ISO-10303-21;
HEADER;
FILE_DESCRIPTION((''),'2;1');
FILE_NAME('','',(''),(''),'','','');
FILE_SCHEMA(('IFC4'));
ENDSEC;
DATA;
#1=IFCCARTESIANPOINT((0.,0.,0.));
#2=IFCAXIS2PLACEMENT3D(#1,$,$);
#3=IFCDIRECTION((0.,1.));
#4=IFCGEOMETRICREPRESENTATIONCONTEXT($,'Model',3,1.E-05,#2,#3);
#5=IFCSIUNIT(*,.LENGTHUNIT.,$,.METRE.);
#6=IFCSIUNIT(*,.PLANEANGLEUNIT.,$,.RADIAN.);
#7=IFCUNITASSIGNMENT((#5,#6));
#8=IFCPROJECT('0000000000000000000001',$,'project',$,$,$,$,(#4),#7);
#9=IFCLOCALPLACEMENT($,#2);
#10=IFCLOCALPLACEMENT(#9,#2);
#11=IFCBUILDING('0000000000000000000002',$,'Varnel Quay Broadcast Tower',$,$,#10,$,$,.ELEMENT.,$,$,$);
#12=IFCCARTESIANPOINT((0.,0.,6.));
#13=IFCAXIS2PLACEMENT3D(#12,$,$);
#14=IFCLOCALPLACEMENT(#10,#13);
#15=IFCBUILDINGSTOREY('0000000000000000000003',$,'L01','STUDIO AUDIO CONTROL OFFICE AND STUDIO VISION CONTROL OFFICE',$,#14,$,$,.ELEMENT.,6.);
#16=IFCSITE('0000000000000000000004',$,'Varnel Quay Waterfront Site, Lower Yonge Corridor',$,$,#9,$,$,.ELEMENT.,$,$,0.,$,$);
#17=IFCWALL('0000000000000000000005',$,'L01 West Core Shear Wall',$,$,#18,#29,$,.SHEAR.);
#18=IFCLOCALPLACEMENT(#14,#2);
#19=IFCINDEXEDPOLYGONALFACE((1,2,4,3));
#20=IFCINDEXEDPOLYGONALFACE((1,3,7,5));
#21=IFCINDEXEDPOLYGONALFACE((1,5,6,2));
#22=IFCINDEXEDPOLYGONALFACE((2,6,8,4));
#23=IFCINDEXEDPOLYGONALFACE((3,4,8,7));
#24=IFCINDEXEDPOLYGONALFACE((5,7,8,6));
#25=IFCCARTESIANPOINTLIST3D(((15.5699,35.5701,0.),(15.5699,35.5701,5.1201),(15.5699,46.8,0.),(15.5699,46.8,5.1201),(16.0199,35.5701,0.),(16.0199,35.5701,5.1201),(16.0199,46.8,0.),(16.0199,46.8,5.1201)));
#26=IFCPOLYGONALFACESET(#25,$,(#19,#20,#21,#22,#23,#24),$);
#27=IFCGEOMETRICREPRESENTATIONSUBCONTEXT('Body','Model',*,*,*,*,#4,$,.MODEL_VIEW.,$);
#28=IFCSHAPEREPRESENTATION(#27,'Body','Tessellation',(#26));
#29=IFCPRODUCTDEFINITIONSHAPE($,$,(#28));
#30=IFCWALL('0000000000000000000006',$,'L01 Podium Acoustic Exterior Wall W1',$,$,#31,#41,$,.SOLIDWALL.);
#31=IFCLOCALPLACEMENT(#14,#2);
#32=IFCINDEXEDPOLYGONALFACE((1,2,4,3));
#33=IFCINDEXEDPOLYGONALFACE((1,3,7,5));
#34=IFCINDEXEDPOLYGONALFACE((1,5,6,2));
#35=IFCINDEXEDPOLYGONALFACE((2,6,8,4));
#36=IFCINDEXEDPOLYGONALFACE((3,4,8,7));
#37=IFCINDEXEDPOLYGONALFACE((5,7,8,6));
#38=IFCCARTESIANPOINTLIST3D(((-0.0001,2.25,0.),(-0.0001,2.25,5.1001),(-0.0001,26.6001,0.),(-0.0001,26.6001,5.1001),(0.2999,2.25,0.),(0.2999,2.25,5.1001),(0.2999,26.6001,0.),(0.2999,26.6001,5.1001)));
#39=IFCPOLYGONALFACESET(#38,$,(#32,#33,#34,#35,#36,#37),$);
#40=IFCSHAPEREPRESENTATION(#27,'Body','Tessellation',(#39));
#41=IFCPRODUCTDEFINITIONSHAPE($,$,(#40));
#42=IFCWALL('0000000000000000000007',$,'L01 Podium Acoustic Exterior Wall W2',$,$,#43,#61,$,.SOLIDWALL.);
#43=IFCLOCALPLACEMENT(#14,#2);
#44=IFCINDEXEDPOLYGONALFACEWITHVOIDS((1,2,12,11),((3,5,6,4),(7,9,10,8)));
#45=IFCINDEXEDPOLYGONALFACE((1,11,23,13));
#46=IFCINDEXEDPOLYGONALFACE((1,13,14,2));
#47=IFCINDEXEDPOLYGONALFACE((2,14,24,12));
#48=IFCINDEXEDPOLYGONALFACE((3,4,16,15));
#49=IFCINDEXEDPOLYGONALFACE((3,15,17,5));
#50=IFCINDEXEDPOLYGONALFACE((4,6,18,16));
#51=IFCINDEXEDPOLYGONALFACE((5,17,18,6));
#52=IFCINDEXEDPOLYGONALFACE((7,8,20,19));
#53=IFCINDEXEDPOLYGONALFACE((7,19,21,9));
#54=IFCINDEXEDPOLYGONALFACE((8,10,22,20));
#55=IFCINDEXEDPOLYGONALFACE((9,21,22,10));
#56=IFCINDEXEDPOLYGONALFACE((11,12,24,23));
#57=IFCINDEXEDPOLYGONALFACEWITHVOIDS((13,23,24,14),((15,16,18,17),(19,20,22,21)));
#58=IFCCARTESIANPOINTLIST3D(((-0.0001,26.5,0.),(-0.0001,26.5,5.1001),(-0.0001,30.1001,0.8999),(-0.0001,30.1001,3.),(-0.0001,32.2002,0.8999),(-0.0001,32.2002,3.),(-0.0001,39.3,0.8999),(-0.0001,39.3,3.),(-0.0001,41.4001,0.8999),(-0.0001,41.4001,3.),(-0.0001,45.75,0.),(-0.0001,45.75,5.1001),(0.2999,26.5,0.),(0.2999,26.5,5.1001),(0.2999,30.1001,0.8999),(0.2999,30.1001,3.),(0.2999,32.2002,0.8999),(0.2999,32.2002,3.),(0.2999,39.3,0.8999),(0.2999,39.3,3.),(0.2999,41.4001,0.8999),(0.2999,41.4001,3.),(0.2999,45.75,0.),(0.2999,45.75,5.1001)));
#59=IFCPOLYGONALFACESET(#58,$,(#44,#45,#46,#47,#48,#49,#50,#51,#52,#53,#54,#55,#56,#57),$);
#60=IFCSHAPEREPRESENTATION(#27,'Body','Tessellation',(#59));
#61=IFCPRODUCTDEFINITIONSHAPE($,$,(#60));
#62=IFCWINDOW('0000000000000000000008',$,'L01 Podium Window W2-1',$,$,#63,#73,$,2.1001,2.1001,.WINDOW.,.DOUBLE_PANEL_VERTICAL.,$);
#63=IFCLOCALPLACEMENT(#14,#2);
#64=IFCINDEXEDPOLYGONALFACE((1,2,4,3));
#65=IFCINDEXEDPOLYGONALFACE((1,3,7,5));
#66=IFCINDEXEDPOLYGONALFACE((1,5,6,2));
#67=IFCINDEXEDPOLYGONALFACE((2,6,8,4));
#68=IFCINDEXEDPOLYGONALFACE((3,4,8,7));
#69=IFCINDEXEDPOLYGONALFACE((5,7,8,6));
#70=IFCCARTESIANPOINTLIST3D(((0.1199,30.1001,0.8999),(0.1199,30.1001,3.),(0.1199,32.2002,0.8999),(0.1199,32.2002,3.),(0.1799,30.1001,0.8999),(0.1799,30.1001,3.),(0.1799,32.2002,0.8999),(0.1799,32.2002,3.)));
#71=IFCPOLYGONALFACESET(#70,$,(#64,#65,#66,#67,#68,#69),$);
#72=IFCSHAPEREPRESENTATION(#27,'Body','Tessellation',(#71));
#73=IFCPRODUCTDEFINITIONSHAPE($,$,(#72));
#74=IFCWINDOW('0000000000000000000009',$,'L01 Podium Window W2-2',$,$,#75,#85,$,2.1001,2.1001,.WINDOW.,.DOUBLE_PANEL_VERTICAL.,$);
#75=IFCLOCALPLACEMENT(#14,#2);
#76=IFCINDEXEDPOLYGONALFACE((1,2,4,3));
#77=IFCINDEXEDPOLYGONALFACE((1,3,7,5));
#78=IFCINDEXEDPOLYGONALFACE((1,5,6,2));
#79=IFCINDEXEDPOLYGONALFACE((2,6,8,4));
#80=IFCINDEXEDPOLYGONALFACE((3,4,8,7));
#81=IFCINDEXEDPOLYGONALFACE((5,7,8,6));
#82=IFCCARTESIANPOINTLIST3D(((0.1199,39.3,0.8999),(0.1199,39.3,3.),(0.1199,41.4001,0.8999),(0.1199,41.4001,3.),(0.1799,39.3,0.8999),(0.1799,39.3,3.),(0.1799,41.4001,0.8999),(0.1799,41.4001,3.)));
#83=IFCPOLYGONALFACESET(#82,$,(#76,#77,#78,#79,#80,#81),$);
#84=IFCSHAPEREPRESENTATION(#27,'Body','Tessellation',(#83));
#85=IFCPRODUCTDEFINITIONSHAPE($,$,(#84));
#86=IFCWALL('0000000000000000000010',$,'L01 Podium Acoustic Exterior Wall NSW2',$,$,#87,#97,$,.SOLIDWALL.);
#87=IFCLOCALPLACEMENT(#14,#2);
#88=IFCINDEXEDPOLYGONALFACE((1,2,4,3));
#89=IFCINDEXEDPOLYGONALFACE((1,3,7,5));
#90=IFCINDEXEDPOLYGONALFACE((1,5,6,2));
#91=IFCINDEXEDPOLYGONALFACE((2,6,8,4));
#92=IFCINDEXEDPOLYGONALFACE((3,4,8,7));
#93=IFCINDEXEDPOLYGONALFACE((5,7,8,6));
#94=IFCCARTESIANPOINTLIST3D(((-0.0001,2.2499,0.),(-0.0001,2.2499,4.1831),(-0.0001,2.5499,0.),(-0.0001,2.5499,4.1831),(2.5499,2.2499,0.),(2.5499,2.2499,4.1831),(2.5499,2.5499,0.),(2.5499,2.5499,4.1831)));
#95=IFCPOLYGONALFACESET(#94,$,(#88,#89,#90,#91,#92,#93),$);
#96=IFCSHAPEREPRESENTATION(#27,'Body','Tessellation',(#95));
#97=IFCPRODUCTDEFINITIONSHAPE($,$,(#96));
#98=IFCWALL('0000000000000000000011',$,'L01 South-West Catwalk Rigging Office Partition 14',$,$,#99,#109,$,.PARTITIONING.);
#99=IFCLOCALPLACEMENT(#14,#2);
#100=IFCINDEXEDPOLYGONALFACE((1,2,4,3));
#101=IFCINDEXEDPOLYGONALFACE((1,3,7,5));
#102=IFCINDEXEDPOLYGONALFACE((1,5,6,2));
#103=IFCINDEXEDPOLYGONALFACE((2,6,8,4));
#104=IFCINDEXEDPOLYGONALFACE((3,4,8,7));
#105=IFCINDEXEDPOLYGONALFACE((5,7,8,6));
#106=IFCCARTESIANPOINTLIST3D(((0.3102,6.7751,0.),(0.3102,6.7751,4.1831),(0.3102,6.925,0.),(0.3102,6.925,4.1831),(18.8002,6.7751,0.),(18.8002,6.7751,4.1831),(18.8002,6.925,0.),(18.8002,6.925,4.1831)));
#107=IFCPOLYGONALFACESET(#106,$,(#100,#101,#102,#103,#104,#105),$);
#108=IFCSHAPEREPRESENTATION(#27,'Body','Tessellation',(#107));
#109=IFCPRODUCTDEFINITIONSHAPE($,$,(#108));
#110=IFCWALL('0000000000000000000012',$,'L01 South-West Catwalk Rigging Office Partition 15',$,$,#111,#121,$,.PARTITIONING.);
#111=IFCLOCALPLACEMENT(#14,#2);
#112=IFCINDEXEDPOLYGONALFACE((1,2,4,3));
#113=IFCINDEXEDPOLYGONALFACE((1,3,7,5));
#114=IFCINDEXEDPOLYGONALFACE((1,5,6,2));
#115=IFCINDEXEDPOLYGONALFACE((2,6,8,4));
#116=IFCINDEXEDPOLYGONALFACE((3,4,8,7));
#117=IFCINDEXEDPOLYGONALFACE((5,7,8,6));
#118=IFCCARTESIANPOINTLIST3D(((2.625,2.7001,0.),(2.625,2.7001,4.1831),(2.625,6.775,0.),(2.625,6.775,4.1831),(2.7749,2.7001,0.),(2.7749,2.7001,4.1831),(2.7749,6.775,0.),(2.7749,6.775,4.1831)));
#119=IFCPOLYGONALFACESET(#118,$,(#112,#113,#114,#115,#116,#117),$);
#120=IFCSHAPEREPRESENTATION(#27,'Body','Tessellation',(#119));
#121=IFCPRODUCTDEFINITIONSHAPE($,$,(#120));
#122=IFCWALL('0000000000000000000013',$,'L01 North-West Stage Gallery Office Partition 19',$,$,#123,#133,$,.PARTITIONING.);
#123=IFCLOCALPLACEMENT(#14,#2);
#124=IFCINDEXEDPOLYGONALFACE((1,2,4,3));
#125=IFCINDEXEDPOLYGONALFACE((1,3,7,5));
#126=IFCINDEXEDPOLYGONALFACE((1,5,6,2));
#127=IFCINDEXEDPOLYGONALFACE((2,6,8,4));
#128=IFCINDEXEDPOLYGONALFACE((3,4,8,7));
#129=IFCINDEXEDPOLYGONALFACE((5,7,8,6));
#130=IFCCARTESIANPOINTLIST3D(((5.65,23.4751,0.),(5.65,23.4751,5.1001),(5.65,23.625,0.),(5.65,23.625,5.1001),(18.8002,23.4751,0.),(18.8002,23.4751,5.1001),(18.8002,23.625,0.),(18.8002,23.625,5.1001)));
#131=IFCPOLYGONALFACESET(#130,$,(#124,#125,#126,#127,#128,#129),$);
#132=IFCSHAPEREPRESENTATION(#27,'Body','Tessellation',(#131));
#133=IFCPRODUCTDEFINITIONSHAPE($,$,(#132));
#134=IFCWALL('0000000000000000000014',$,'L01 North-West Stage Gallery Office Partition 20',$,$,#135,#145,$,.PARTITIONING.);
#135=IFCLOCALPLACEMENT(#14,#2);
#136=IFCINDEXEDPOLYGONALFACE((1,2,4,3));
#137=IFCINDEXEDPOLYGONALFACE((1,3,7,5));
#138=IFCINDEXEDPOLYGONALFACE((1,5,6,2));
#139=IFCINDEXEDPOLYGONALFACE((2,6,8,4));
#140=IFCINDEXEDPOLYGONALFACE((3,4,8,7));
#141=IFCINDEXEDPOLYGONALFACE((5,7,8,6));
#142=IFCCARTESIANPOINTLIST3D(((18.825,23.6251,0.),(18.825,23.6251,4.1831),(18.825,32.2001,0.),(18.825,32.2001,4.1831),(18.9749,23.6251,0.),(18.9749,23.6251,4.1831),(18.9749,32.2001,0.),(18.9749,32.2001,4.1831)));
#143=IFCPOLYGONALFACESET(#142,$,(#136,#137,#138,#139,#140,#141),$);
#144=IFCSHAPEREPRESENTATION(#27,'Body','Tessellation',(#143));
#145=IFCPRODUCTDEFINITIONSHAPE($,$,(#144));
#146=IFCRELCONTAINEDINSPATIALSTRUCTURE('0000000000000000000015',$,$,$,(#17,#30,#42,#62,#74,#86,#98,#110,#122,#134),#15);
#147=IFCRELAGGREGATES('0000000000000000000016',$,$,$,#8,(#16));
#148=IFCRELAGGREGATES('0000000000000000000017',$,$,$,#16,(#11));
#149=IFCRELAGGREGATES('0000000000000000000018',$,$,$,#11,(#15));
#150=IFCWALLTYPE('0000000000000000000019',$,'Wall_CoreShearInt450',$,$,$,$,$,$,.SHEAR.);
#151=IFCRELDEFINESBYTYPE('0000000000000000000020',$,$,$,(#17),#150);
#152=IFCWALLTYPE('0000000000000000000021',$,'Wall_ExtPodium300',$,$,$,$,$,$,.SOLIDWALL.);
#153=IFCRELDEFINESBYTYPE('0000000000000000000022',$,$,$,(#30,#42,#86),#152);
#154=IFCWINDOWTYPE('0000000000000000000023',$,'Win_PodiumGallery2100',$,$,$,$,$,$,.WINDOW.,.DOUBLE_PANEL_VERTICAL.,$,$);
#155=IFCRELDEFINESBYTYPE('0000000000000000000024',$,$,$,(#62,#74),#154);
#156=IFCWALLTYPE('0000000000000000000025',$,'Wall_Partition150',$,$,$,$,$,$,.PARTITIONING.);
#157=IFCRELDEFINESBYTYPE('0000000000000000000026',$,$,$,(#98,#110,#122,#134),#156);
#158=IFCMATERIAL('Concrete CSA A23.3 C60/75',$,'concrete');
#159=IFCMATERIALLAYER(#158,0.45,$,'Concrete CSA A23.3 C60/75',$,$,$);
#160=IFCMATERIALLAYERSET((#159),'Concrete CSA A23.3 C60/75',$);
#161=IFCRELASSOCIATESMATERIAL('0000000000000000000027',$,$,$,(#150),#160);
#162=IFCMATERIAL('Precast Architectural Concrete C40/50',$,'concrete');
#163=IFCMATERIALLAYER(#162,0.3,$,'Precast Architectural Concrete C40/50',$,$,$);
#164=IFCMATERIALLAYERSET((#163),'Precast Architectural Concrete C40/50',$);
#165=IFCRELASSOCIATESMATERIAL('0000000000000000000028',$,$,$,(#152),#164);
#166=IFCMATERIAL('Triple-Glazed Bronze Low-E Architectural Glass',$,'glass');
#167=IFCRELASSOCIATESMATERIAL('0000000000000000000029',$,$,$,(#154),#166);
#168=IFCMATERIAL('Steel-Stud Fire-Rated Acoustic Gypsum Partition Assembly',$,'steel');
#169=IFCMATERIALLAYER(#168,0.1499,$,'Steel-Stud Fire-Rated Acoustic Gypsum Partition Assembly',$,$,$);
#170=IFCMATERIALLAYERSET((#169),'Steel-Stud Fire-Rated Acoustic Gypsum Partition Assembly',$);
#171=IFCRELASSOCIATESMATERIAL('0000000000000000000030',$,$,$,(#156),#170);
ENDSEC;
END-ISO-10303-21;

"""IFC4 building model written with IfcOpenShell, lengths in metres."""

from ifc_helpers import new_model, si_unit, direction, frame, frame_2d, origin, place, context, subcontext, project, spatial, rectangle, extrude, source, transform, mapped, material, layer, layer_set, type_object, type_shapes, element, fill, save


model = new_model("IFC4")

# Units and contexts
model_context = context("Model", 3, precision=1e-05, world=origin(), true_north=direction((0.0, 1.0)))
body_context = subcontext(model_context, "Body", "Model", "MODEL_VIEW")
ifc_project = project(units=[si_unit("LENGTHUNIT", "METRE"), si_unit("PLANEANGLEUNIT", "RADIAN")], contexts=[model_context])

# Site, building, storey
site_placement = place(None, origin())
site = spatial("IfcSite", under=ifc_project, at=site_placement, Name="Varnel Quay Waterfront Site, Lower Yonge Corridor", CompositionType="ELEMENT", RefElevation=0.0)
building_placement = place(site_placement, origin())
building = spatial("IfcBuilding", under=site, at=building_placement, Name="Varnel Quay Broadcast Tower", CompositionType="ELEMENT")
storey_placement = place(building_placement, frame((0.0, 0.0, 6.0)))
storey = spatial("IfcBuildingStorey", under=building, at=storey_placement, Name="L01", Description="STUDIO AUDIO CONTROL OFFICE AND STUDIO VISION CONTROL OFFICE", CompositionType="ELEMENT", Elevation=6.0)

# Walls
ifc_material_1 = material(Name="Concrete CSA A23.3 C60/75", Category="concrete")
ifc_layer_1 = layer(ifc_material_1, 0.45, Name="Concrete CSA A23.3 C60/75")
ifc_layer_set_1 = layer_set([ifc_layer_1], Name="Concrete CSA A23.3 C60/75")
wall_type_1 = type_object("IfcWallType", Name="Wall_CoreShearInt450", PredefinedType="SHEAR", material=ifc_layer_set_1)
wall_1_placement = place(storey_placement, frame((15.7949, 35.5701, 0.0), z_axis=(0.0, 0.0, 1.0), x_axis=(0.0, 1.0, 0.0)))
element("IfcWall", 1, at=wall_1_placement, inside=storey, type_object=wall_type_1, Name="L01 West Core Shear Wall", PredefinedType="SHEAR", context=body_context, shape_type="SweptSolid", body=[
    extrude(rectangle(XDim=11.23, YDim=0.45, at=frame_2d((5.615, 0.0))), origin(), (0.0, 0.0, 1.0), 5.1201),
])
ifc_material_2 = material(Name="Precast Architectural Concrete C40/50", Category="concrete")
ifc_layer_2 = layer(ifc_material_2, 0.3, Name="Precast Architectural Concrete C40/50")
ifc_layer_set_2 = layer_set([ifc_layer_2], Name="Precast Architectural Concrete C40/50")
wall_type_2 = type_object("IfcWallType", Name="Wall_ExtPodium300", PredefinedType="SOLIDWALL", material=ifc_layer_set_2)
wall_2_placement = place(storey_placement, frame((0.1499, 2.25, 0.0), z_axis=(0.0, 0.0, 1.0), x_axis=(0.0, 1.0, 0.0)))
element("IfcWall", 2, at=wall_2_placement, inside=storey, type_object=wall_type_2, Name="L01 Podium Acoustic Exterior Wall W1", PredefinedType="SOLIDWALL", context=body_context, shape_type="SweptSolid", body=[
    extrude(rectangle(XDim=24.3501, YDim=0.3, at=frame_2d((12.175, 0.0))), origin(), (0.0, 0.0, 1.0), 5.1001),
])

# Wall, openings, windows
wall_3_placement = place(storey_placement, frame((0.1499, 26.5, 0.0), z_axis=(0.0, 0.0, 1.0), x_axis=(0.0, 1.0, 0.0)))
wall_3 = element("IfcWall", 3, at=wall_3_placement, inside=storey, type_object=wall_type_2, Name="L01 Podium Acoustic Exterior Wall W2", PredefinedType="SOLIDWALL", context=body_context, shape_type="SweptSolid", body=[
    extrude(rectangle(XDim=19.25, YDim=0.3, at=frame_2d((9.625, 0.0))), origin(), (0.0, 0.0, 1.0), 5.1001),
])
opening_1_placement = place(wall_3_placement, frame((3.6001, 0.0, 0.8999)))
opening_1 = element("IfcOpeningElement", 4, at=opening_1_placement, cuts=wall_3, PredefinedType="OPENING", context=body_context, shape_type="SweptSolid", body=[
    extrude(rectangle(XDim=2.1001, YDim=2.1001, at=frame_2d((1.05, 1.05))), frame((0.0, 0.1602, 0.0), z_axis=(0.0, -1.0, 0.0), x_axis=(1.0, 0.0, 0.0)), (0.0, 0.0, 1.0), 0.3201),
])
opening_2_placement = place(wall_3_placement, frame((12.8, 0.0, 0.8999)))
opening_2 = element("IfcOpeningElement", 5, at=opening_2_placement, cuts=wall_3, PredefinedType="OPENING", context=body_context, shape_type="SweptSolid", body=[
    extrude(rectangle(XDim=2.1001, YDim=2.1001, at=frame_2d((1.05, 1.05))), frame((0.0, 0.1602, 0.0), z_axis=(0.0, -1.0, 0.0), x_axis=(1.0, 0.0, 0.0)), (0.0, 0.0, 1.0), 0.3201),
])
ifc_material_3 = material(Name="Triple-Glazed Bronze Low-E Architectural Glass", Category="glass")
window_type_1 = type_object("IfcWindowType", Name="Win_PodiumGallery2100", PartitioningType="DOUBLE_PANEL_VERTICAL", PredefinedType="WINDOW", material=ifc_material_3)
shared_shape_1 = source(origin(), body_context, "Body", "SweptSolid", [
    extrude(rectangle(XDim=2.1001, YDim=2.1001, at=frame_2d((1.05, 1.05))), frame((0.0, 0.03, 0.0), z_axis=(0.0, -1.0, 0.0), x_axis=(1.0, 0.0, 0.0)), (0.0, 0.0, 1.0), 0.0601),
])
type_shapes(window_type_1, [shared_shape_1])
window_1_placement = place(opening_1_placement, origin())
window_1 = element("IfcWindow", 6, at=window_1_placement, inside=storey, type_object=window_type_1, Name="L01 Podium Window W2-1", OverallHeight=2.1001, OverallWidth=2.1001, PartitioningType="DOUBLE_PANEL_VERTICAL", PredefinedType="WINDOW", context=body_context, shape_type="MappedRepresentation", body=[
    mapped(shared_shape_1, transform((0.0, 0.0, 0.0), x_axis=(1.0, 0.0, 0.0), y_axis=(0.0, 1.0, 0.0), z_axis=(0.0, 0.0, 1.0), scale=1.0)),
])
fill(opening_1, window_1)
window_2_placement = place(opening_2_placement, origin())
window_2 = element("IfcWindow", 7, at=window_2_placement, inside=storey, type_object=window_type_1, Name="L01 Podium Window W2-2", OverallHeight=2.1001, OverallWidth=2.1001, PartitioningType="DOUBLE_PANEL_VERTICAL", PredefinedType="WINDOW", context=body_context, shape_type="MappedRepresentation", body=[
    mapped(shared_shape_1, transform((0.0, 0.0, 0.0), x_axis=(1.0, 0.0, 0.0), y_axis=(0.0, 1.0, 0.0), z_axis=(0.0, 0.0, 1.0), scale=1.0)),
])
fill(opening_2, window_2)

# Walls
wall_4_placement = place(storey_placement, frame((0.0, 2.3999, 0.0), z_axis=(0.0, 0.0, 1.0), x_axis=(1.0, 0.0, 0.0)))
element("IfcWall", 8, at=wall_4_placement, inside=storey, type_object=wall_type_2, Name="L01 Podium Acoustic Exterior Wall NSW2", PredefinedType="SOLIDWALL", context=body_context, shape_type="SweptSolid", body=[
    extrude(rectangle(XDim=2.55, YDim=0.3, at=frame_2d((1.2749, 0.0))), origin(), (0.0, 0.0, 1.0), 4.1831),
])
ifc_material_4 = material(Name="Steel-Stud Fire-Rated Acoustic Gypsum Partition Assembly", Category="steel")
ifc_layer_3 = layer(ifc_material_4, 0.1499, Name="Steel-Stud Fire-Rated Acoustic Gypsum Partition Assembly")
ifc_layer_set_3 = layer_set([ifc_layer_3], Name="Steel-Stud Fire-Rated Acoustic Gypsum Partition Assembly")
wall_type_3 = type_object("IfcWallType", Name="Wall_Partition150", PredefinedType="PARTITIONING", material=ifc_layer_set_3)
wall_5_placement = place(storey_placement, frame((0.3101, 6.8501, 0.0), z_axis=(0.0, 0.0, 1.0), x_axis=(1.0, 0.0, 0.0)))
element("IfcWall", 9, at=wall_5_placement, inside=storey, type_object=wall_type_3, Name="L01 South-West Catwalk Rigging Office Partition 14", PredefinedType="PARTITIONING", context=body_context, shape_type="SweptSolid", body=[
    extrude(rectangle(XDim=18.49, YDim=0.1499, at=frame_2d((9.2451, 0.0))), origin(), (0.0, 0.0, 1.0), 4.1831),
])
wall_6_placement = place(storey_placement, frame((2.7, 2.7, 0.0), z_axis=(0.0, 0.0, 1.0), x_axis=(0.0, 1.0, 0.0)))
element("IfcWall", 10, at=wall_6_placement, inside=storey, type_object=wall_type_3, Name="L01 South-West Catwalk Rigging Office Partition 15", PredefinedType="PARTITIONING", context=body_context, shape_type="SweptSolid", body=[
    extrude(rectangle(XDim=4.075, YDim=0.1499, at=frame_2d((2.0376, 0.0))), origin(), (0.0, 0.0, 1.0), 4.1831),
])
wall_7_placement = place(storey_placement, frame((5.6499, 23.55, 0.0), z_axis=(0.0, 0.0, 1.0), x_axis=(1.0, 0.0, 0.0)))
element("IfcWall", 11, at=wall_7_placement, inside=storey, type_object=wall_type_3, Name="L01 North-West Stage Gallery Office Partition 19", PredefinedType="PARTITIONING", context=body_context, shape_type="SweptSolid", body=[
    extrude(rectangle(XDim=13.1501, YDim=0.1499, at=frame_2d((6.5752, 0.0))), origin(), (0.0, 0.0, 1.0), 5.1001),
])
wall_8_placement = place(storey_placement, frame((18.8999, 23.625, 0.0), z_axis=(0.0, 0.0, 1.0), x_axis=(0.0, 1.0, 0.0)))
element("IfcWall", 12, at=wall_8_placement, inside=storey, type_object=wall_type_3, Name="L01 North-West Stage Gallery Office Partition 20", PredefinedType="PARTITIONING", context=body_context, shape_type="SweptSolid", body=[
    extrude(rectangle(XDim=8.575, YDim=0.1499, at=frame_2d((4.2876, 0.0))), origin(), (0.0, 0.0, 1.0), 4.1831),
])

save(model, "model.ifc")
